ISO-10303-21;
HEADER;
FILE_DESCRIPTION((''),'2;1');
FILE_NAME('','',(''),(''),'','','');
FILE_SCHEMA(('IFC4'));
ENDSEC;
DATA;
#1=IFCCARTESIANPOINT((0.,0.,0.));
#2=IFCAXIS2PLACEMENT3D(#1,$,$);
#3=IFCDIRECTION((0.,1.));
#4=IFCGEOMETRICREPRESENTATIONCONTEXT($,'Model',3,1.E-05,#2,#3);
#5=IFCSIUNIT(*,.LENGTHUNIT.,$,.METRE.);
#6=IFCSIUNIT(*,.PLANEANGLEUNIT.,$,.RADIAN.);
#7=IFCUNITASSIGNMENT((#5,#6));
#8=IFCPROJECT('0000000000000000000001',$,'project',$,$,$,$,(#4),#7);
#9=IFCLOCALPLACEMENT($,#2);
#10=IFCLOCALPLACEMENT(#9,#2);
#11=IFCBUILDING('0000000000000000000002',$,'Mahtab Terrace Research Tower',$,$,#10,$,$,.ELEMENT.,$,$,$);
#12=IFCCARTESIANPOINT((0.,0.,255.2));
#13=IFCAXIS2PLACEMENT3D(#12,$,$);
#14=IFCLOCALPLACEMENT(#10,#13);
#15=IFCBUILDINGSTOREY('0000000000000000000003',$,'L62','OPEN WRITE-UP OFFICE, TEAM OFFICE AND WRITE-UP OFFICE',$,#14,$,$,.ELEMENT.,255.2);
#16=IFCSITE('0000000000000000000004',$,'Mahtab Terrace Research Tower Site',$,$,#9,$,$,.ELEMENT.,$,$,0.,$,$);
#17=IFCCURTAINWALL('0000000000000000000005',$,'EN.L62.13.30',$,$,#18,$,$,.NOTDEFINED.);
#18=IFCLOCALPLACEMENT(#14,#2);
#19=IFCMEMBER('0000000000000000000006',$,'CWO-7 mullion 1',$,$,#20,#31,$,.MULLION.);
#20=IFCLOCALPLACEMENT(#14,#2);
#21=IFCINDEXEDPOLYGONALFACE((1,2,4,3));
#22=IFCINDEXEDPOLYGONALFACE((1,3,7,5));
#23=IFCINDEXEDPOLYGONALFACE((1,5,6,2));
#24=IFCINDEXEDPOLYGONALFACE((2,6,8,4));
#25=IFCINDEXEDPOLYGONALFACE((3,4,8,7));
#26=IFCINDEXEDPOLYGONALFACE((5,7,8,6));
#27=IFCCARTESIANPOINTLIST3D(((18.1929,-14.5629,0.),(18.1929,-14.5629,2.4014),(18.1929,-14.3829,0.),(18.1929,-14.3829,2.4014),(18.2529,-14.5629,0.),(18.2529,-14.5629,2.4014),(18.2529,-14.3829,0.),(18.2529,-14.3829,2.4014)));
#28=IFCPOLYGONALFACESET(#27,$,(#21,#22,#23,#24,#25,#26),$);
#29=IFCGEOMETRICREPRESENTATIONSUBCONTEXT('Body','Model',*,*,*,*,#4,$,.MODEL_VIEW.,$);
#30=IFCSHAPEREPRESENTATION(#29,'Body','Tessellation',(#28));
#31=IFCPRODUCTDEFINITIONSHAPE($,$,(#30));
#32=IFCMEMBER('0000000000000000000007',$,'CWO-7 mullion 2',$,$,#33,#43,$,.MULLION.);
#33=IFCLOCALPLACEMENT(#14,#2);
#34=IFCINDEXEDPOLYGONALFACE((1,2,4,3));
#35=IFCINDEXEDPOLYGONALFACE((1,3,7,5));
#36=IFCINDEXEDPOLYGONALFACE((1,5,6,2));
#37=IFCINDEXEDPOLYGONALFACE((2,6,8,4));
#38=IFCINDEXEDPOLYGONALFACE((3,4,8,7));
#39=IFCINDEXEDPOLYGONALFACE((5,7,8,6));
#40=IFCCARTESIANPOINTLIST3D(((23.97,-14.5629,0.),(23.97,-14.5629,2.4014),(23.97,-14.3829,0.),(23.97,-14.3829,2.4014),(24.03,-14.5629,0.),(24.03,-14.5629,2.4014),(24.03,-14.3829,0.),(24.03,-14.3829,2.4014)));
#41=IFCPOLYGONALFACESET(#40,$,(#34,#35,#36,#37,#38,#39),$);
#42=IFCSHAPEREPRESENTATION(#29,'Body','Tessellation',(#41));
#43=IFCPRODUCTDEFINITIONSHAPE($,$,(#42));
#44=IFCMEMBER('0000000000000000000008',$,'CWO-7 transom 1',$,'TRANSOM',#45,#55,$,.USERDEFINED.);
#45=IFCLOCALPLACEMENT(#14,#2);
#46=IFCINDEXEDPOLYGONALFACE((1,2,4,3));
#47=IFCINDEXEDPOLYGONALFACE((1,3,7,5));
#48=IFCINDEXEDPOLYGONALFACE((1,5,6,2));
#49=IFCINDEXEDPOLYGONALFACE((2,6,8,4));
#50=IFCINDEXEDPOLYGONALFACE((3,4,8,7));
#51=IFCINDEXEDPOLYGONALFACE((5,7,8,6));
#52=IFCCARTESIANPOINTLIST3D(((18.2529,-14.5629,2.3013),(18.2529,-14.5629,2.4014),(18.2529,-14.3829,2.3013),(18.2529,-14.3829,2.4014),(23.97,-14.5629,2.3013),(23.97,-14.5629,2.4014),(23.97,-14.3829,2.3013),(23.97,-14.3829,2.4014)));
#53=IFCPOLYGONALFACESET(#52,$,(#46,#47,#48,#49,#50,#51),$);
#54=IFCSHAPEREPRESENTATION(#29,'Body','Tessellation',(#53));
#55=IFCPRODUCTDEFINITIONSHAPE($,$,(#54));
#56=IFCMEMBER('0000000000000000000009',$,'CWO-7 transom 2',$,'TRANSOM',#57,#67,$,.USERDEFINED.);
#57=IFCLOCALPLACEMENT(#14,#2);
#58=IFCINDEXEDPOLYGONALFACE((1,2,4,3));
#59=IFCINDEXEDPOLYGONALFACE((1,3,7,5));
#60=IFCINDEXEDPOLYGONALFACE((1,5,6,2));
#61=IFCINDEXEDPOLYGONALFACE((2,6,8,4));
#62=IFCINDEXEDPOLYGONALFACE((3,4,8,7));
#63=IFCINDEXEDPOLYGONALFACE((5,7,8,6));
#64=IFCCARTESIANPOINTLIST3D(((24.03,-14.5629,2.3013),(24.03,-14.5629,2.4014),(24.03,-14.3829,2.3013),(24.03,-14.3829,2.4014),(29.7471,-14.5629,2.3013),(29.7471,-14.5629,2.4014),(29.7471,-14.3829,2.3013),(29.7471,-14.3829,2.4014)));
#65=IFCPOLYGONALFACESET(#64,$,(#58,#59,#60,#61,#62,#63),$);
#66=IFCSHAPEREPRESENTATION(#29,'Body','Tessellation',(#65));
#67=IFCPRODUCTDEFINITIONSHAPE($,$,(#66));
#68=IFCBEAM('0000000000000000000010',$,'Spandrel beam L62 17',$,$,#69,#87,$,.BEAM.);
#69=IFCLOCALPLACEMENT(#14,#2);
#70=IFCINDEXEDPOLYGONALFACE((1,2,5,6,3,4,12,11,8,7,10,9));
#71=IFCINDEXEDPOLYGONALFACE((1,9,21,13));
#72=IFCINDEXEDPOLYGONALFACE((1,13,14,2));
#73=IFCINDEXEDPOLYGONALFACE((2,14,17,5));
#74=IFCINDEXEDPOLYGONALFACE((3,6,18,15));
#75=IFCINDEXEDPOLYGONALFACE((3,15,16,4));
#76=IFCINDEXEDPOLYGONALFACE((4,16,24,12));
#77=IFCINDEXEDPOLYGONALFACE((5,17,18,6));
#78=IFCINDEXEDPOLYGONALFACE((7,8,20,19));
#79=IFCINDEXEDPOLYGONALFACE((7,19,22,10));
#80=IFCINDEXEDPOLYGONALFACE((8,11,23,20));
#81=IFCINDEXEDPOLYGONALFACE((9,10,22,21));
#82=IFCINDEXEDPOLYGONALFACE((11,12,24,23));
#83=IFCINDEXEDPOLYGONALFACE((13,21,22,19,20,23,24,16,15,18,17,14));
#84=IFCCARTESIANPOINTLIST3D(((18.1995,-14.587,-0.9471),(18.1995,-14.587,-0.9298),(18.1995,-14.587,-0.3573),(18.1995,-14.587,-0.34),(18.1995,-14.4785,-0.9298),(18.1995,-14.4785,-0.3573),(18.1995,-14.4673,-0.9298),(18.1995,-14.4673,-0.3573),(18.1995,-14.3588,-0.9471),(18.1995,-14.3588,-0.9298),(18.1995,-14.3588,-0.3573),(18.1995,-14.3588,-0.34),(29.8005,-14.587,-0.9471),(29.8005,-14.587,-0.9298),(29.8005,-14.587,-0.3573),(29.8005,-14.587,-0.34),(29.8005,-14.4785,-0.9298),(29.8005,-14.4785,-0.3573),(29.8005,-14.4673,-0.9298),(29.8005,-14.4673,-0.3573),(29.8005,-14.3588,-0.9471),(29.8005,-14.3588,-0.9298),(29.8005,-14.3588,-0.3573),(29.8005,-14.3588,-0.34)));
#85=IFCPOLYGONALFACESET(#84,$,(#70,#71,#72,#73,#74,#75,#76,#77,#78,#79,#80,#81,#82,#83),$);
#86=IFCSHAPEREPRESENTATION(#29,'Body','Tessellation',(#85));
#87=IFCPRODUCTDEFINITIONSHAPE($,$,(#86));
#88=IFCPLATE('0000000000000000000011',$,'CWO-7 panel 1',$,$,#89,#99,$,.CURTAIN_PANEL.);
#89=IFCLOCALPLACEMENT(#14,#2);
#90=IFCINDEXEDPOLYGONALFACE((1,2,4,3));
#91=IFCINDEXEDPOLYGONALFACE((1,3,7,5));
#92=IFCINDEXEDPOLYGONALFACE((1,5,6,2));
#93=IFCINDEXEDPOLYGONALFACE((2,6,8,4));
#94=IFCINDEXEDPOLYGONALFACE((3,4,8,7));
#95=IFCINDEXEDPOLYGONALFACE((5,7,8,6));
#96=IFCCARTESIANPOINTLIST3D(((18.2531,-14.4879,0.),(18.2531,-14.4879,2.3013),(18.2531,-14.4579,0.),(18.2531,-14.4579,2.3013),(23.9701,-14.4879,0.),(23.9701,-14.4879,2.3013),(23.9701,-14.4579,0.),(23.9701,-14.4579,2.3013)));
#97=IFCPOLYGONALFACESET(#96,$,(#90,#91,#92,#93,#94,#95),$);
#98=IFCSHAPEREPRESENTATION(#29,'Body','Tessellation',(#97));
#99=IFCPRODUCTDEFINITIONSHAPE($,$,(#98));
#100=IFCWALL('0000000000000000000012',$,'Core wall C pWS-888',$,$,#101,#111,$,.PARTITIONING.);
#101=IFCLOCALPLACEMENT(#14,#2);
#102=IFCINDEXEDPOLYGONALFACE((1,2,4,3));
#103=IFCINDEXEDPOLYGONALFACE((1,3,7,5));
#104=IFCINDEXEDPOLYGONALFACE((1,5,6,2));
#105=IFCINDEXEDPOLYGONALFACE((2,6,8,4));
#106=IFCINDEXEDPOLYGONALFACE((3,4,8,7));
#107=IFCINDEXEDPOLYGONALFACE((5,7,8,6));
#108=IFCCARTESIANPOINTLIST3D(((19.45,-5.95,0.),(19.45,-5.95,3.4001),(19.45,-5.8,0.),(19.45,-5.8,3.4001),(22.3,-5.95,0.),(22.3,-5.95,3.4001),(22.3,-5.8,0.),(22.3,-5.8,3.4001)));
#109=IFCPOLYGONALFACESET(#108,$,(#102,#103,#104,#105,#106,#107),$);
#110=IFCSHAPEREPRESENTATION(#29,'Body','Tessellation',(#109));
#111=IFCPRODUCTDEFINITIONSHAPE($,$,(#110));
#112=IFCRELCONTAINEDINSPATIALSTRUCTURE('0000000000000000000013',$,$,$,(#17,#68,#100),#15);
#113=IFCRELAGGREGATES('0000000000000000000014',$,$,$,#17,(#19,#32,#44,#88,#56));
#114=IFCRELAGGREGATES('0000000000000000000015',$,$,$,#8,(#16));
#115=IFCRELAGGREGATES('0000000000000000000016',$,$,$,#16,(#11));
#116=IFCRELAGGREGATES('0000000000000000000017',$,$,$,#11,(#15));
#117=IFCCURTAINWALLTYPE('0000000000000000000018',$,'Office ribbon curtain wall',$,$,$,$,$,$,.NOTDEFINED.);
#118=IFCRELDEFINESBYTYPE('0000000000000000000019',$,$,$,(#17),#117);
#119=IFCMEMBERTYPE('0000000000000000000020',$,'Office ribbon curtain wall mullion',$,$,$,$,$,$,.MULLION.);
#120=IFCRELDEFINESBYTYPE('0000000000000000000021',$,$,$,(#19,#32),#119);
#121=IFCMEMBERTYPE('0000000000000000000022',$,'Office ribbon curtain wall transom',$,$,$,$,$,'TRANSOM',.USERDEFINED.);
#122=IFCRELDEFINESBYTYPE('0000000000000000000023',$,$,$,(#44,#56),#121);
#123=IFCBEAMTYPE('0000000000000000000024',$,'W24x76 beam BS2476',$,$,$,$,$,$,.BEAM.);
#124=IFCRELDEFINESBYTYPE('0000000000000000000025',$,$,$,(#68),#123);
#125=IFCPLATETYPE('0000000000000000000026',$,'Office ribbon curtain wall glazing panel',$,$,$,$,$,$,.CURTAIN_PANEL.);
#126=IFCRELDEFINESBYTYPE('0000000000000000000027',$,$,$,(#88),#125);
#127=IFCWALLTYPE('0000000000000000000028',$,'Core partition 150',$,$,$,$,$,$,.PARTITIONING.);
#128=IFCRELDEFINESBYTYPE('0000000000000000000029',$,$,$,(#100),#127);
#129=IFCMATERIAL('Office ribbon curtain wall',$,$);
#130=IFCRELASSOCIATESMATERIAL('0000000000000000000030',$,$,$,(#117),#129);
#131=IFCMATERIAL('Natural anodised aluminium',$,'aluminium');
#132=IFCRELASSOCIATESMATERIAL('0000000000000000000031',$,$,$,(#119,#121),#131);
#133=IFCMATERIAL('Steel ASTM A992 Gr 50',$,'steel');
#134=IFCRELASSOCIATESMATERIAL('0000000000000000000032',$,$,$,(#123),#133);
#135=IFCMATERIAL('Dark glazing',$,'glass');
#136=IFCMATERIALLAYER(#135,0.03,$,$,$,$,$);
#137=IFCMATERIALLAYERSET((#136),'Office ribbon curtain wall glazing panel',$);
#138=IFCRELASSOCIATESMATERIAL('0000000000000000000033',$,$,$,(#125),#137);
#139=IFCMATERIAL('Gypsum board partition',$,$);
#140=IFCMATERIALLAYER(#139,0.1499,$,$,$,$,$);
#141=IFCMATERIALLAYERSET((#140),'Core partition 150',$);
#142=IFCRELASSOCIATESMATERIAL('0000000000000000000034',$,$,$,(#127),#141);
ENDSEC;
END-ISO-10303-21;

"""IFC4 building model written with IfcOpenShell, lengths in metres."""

from ifc_helpers import new_model, si_unit, direction, frame, frame_2d, origin, origin_2d, place, context, subcontext, project, spatial, rectangle, i_section, extrude, material, layer, layer_set, material_profile, profile_set, type_object, element, aggregate, save


model = new_model("IFC4")

# Units and contexts
model_context = context("Model", 3, precision=1e-05, world=origin(), true_north=direction((0.0, 1.0)))
body_context = subcontext(model_context, "Body", "Model", "MODEL_VIEW")
ifc_project = project(units=[si_unit("LENGTHUNIT", "METRE"), si_unit("PLANEANGLEUNIT", "RADIAN")], contexts=[model_context])

# Site, building, storey
site_placement = place(None, origin())
site = spatial("IfcSite", under=ifc_project, at=site_placement, Name="Mahtab Terrace Research Tower Site", CompositionType="ELEMENT", RefElevation=0.0)
building_placement = place(site_placement, origin())
building = spatial("IfcBuilding", under=site, at=building_placement, Name="Mahtab Terrace Research Tower", CompositionType="ELEMENT")
storey_placement = place(building_placement, frame((0.0, 0.0, 255.2)))
storey = spatial("IfcBuildingStorey", under=building, at=storey_placement, Name="L62", Description="OPEN WRITE-UP OFFICE, TEAM OFFICE AND WRITE-UP OFFICE", CompositionType="ELEMENT", Elevation=255.2)

# Curtain wall, members
ifc_material_1 = material(Name="Office ribbon curtain wall")
curtain_wall_type = type_object("IfcCurtainWallType", Name="Office ribbon curtain wall", PredefinedType="NOTDEFINED", material=ifc_material_1)
curtain_wall_placement = place(storey_placement, origin())
curtain_wall = element("IfcCurtainWall", 1, at=curtain_wall_placement, inside=storey, type_object=curtain_wall_type, Name="EN.L62.13.30", PredefinedType="NOTDEFINED")
ifc_material_2 = material(Name="Natural anodised aluminium", Category="aluminium")
ifc_material_profile_1 = material_profile(ifc_material_2, rectangle(XDim=0.1799, YDim=0.0601, at=origin_2d()), Name="MULLION 60x180")
ifc_profile_set_1 = profile_set([ifc_material_profile_1], Name="Natural anodised aluminium")
member_type_1 = type_object("IfcMemberType", Name="Office ribbon curtain wall mullion", PredefinedType="MULLION", material=ifc_profile_set_1)
member_1_placement = place(storey_placement, frame((18.2229, -14.4729, 0.0), z_axis=(0.0, 0.0, 1.0), x_axis=(0.0, 1.0, 0.0)))
member_1 = element("IfcMember", 2, at=member_1_placement, type_object=member_type_1, Name="CWO-7 mullion 1", PredefinedType="MULLION", context=body_context, shape_type="SweptSolid", body=[
    extrude(rectangle(XDim=0.1799, YDim=0.0601, at=origin_2d()), origin(), (0.0, 0.0, 1.0), 2.4014),
])
member_2_placement = place(storey_placement, frame((24.0, -14.4729, 0.0), z_axis=(0.0, 0.0, 1.0), x_axis=(0.0, 1.0, 0.0)))
member_2 = element("IfcMember", 3, at=member_2_placement, type_object=member_type_1, Name="CWO-7 mullion 2", PredefinedType="MULLION", context=body_context, shape_type="SweptSolid", body=[
    extrude(rectangle(XDim=0.1799, YDim=0.0601, at=origin_2d()), origin(), (0.0, 0.0, 1.0), 2.4014),
])
ifc_material_profile_2 = material_profile(ifc_material_2, rectangle(XDim=0.1799, YDim=0.1001, at=origin_2d()), Name="TRANSOM 100x180")
ifc_profile_set_2 = profile_set([ifc_material_profile_2], Name="Natural anodised aluminium")
member_type_2 = type_object("IfcMemberType", Name="Office ribbon curtain wall transom", ElementType="TRANSOM", PredefinedType="USERDEFINED", material=ifc_profile_set_2)
member_3_placement = place(storey_placement, frame((18.2529, -14.4729, 2.3513), z_axis=(1.0, 0.0, 0.0), x_axis=(0.0, 1.0, 0.0)))
member_3 = element("IfcMember", 4, at=member_3_placement, type_object=member_type_2, Name="CWO-7 transom 1", ObjectType="TRANSOM", PredefinedType="USERDEFINED", context=body_context, shape_type="SweptSolid", body=[
    extrude(rectangle(XDim=0.1799, YDim=0.1001, at=origin_2d()), origin(), (0.0, 0.0, 1.0), 5.717),
])
member_4_placement = place(storey_placement, frame((24.03, -14.4729, 2.3513), z_axis=(1.0, 0.0, 0.0), x_axis=(0.0, 1.0, 0.0)))
member_4 = element("IfcMember", 5, at=member_4_placement, type_object=member_type_2, Name="CWO-7 transom 2", ObjectType="TRANSOM", PredefinedType="USERDEFINED", context=body_context, shape_type="SweptSolid", body=[
    extrude(rectangle(XDim=0.1799, YDim=0.1001, at=origin_2d()), origin(), (0.0, 0.0, 1.0), 5.717),
])

# Beam
ifc_material_3 = material(Name="Steel ASTM A992 Gr 50", Category="steel")
ifc_material_profile_3 = material_profile(ifc_material_3, i_section(OverallWidth=0.2283, OverallDepth=0.6072, WebThickness=0.0112, FlangeThickness=0.0173, at=origin_2d()), Name="W24X76")
ifc_profile_set_3 = profile_set([ifc_material_profile_3], Name="Steel ASTM A992 Gr 50")
beam_type = type_object("IfcBeamType", Name="W24x76 beam BS2476", PredefinedType="BEAM", material=ifc_profile_set_3)
beam_placement = place(storey_placement, frame((18.1995, -14.4729, -0.6436), z_axis=(1.0, 0.0, 0.0), x_axis=(0.0, 1.0, 0.0)))
element("IfcBeam", 6, at=beam_placement, inside=storey, type_object=beam_type, Name="Spandrel beam L62 17", PredefinedType="BEAM", context=body_context, shape_type="SweptSolid", body=[
    extrude(i_section(OverallWidth=0.2283, OverallDepth=0.6072, WebThickness=0.0112, FlangeThickness=0.0173, at=origin_2d()), origin(), (0.0, 0.0, 1.0), 11.6011),
])

# Plate
ifc_material_4 = material(Name="Dark glazing", Category="glass")
ifc_layer_1 = layer(ifc_material_4, 0.03)
ifc_layer_set_1 = layer_set([ifc_layer_1], Name="Office ribbon curtain wall glazing panel")
plate_type = type_object("IfcPlateType", Name="Office ribbon curtain wall glazing panel", PredefinedType="CURTAIN_PANEL", material=ifc_layer_set_1)
plate_placement = place(storey_placement, frame((21.1116, -14.4729, 0.0), z_axis=(0.0, 0.0, 1.0), x_axis=(1.0, 0.0, 0.0)))
plate = element("IfcPlate", 7, at=plate_placement, type_object=plate_type, Name="CWO-7 panel 1", PredefinedType="CURTAIN_PANEL", context=body_context, shape_type="SweptSolid", body=[
    extrude(rectangle(XDim=5.717, YDim=0.03, at=origin_2d()), origin(), (0.0, 0.0, 1.0), 2.3013),
])
aggregate(curtain_wall, [member_1, member_2, member_3, plate, member_4])

# Wall
ifc_material_5 = material(Name="Gypsum board partition")
ifc_layer_2 = layer(ifc_material_5, 0.1499)
ifc_layer_set_2 = layer_set([ifc_layer_2], Name="Core partition 150")
wall_type_1 = type_object("IfcWallType", Name="Core partition 150", PredefinedType="PARTITIONING", material=ifc_layer_set_2)
wall_1_placement = place(storey_placement, frame((19.45, -5.875, 0.0), z_axis=(0.0, 0.0, 1.0), x_axis=(1.0, 0.0, 0.0)))
element("IfcWall", 8, at=wall_1_placement, inside=storey, type_object=wall_type_1, Name="Core wall C pWS-888", PredefinedType="PARTITIONING", context=body_context, shape_type="SweptSolid", body=[
    extrude(rectangle(XDim=2.8501, YDim=0.1499, at=frame_2d((1.425, 0.0))), origin(), (0.0, 0.0, 1.0), 3.4001),
])

save(model, "model.ifc")
